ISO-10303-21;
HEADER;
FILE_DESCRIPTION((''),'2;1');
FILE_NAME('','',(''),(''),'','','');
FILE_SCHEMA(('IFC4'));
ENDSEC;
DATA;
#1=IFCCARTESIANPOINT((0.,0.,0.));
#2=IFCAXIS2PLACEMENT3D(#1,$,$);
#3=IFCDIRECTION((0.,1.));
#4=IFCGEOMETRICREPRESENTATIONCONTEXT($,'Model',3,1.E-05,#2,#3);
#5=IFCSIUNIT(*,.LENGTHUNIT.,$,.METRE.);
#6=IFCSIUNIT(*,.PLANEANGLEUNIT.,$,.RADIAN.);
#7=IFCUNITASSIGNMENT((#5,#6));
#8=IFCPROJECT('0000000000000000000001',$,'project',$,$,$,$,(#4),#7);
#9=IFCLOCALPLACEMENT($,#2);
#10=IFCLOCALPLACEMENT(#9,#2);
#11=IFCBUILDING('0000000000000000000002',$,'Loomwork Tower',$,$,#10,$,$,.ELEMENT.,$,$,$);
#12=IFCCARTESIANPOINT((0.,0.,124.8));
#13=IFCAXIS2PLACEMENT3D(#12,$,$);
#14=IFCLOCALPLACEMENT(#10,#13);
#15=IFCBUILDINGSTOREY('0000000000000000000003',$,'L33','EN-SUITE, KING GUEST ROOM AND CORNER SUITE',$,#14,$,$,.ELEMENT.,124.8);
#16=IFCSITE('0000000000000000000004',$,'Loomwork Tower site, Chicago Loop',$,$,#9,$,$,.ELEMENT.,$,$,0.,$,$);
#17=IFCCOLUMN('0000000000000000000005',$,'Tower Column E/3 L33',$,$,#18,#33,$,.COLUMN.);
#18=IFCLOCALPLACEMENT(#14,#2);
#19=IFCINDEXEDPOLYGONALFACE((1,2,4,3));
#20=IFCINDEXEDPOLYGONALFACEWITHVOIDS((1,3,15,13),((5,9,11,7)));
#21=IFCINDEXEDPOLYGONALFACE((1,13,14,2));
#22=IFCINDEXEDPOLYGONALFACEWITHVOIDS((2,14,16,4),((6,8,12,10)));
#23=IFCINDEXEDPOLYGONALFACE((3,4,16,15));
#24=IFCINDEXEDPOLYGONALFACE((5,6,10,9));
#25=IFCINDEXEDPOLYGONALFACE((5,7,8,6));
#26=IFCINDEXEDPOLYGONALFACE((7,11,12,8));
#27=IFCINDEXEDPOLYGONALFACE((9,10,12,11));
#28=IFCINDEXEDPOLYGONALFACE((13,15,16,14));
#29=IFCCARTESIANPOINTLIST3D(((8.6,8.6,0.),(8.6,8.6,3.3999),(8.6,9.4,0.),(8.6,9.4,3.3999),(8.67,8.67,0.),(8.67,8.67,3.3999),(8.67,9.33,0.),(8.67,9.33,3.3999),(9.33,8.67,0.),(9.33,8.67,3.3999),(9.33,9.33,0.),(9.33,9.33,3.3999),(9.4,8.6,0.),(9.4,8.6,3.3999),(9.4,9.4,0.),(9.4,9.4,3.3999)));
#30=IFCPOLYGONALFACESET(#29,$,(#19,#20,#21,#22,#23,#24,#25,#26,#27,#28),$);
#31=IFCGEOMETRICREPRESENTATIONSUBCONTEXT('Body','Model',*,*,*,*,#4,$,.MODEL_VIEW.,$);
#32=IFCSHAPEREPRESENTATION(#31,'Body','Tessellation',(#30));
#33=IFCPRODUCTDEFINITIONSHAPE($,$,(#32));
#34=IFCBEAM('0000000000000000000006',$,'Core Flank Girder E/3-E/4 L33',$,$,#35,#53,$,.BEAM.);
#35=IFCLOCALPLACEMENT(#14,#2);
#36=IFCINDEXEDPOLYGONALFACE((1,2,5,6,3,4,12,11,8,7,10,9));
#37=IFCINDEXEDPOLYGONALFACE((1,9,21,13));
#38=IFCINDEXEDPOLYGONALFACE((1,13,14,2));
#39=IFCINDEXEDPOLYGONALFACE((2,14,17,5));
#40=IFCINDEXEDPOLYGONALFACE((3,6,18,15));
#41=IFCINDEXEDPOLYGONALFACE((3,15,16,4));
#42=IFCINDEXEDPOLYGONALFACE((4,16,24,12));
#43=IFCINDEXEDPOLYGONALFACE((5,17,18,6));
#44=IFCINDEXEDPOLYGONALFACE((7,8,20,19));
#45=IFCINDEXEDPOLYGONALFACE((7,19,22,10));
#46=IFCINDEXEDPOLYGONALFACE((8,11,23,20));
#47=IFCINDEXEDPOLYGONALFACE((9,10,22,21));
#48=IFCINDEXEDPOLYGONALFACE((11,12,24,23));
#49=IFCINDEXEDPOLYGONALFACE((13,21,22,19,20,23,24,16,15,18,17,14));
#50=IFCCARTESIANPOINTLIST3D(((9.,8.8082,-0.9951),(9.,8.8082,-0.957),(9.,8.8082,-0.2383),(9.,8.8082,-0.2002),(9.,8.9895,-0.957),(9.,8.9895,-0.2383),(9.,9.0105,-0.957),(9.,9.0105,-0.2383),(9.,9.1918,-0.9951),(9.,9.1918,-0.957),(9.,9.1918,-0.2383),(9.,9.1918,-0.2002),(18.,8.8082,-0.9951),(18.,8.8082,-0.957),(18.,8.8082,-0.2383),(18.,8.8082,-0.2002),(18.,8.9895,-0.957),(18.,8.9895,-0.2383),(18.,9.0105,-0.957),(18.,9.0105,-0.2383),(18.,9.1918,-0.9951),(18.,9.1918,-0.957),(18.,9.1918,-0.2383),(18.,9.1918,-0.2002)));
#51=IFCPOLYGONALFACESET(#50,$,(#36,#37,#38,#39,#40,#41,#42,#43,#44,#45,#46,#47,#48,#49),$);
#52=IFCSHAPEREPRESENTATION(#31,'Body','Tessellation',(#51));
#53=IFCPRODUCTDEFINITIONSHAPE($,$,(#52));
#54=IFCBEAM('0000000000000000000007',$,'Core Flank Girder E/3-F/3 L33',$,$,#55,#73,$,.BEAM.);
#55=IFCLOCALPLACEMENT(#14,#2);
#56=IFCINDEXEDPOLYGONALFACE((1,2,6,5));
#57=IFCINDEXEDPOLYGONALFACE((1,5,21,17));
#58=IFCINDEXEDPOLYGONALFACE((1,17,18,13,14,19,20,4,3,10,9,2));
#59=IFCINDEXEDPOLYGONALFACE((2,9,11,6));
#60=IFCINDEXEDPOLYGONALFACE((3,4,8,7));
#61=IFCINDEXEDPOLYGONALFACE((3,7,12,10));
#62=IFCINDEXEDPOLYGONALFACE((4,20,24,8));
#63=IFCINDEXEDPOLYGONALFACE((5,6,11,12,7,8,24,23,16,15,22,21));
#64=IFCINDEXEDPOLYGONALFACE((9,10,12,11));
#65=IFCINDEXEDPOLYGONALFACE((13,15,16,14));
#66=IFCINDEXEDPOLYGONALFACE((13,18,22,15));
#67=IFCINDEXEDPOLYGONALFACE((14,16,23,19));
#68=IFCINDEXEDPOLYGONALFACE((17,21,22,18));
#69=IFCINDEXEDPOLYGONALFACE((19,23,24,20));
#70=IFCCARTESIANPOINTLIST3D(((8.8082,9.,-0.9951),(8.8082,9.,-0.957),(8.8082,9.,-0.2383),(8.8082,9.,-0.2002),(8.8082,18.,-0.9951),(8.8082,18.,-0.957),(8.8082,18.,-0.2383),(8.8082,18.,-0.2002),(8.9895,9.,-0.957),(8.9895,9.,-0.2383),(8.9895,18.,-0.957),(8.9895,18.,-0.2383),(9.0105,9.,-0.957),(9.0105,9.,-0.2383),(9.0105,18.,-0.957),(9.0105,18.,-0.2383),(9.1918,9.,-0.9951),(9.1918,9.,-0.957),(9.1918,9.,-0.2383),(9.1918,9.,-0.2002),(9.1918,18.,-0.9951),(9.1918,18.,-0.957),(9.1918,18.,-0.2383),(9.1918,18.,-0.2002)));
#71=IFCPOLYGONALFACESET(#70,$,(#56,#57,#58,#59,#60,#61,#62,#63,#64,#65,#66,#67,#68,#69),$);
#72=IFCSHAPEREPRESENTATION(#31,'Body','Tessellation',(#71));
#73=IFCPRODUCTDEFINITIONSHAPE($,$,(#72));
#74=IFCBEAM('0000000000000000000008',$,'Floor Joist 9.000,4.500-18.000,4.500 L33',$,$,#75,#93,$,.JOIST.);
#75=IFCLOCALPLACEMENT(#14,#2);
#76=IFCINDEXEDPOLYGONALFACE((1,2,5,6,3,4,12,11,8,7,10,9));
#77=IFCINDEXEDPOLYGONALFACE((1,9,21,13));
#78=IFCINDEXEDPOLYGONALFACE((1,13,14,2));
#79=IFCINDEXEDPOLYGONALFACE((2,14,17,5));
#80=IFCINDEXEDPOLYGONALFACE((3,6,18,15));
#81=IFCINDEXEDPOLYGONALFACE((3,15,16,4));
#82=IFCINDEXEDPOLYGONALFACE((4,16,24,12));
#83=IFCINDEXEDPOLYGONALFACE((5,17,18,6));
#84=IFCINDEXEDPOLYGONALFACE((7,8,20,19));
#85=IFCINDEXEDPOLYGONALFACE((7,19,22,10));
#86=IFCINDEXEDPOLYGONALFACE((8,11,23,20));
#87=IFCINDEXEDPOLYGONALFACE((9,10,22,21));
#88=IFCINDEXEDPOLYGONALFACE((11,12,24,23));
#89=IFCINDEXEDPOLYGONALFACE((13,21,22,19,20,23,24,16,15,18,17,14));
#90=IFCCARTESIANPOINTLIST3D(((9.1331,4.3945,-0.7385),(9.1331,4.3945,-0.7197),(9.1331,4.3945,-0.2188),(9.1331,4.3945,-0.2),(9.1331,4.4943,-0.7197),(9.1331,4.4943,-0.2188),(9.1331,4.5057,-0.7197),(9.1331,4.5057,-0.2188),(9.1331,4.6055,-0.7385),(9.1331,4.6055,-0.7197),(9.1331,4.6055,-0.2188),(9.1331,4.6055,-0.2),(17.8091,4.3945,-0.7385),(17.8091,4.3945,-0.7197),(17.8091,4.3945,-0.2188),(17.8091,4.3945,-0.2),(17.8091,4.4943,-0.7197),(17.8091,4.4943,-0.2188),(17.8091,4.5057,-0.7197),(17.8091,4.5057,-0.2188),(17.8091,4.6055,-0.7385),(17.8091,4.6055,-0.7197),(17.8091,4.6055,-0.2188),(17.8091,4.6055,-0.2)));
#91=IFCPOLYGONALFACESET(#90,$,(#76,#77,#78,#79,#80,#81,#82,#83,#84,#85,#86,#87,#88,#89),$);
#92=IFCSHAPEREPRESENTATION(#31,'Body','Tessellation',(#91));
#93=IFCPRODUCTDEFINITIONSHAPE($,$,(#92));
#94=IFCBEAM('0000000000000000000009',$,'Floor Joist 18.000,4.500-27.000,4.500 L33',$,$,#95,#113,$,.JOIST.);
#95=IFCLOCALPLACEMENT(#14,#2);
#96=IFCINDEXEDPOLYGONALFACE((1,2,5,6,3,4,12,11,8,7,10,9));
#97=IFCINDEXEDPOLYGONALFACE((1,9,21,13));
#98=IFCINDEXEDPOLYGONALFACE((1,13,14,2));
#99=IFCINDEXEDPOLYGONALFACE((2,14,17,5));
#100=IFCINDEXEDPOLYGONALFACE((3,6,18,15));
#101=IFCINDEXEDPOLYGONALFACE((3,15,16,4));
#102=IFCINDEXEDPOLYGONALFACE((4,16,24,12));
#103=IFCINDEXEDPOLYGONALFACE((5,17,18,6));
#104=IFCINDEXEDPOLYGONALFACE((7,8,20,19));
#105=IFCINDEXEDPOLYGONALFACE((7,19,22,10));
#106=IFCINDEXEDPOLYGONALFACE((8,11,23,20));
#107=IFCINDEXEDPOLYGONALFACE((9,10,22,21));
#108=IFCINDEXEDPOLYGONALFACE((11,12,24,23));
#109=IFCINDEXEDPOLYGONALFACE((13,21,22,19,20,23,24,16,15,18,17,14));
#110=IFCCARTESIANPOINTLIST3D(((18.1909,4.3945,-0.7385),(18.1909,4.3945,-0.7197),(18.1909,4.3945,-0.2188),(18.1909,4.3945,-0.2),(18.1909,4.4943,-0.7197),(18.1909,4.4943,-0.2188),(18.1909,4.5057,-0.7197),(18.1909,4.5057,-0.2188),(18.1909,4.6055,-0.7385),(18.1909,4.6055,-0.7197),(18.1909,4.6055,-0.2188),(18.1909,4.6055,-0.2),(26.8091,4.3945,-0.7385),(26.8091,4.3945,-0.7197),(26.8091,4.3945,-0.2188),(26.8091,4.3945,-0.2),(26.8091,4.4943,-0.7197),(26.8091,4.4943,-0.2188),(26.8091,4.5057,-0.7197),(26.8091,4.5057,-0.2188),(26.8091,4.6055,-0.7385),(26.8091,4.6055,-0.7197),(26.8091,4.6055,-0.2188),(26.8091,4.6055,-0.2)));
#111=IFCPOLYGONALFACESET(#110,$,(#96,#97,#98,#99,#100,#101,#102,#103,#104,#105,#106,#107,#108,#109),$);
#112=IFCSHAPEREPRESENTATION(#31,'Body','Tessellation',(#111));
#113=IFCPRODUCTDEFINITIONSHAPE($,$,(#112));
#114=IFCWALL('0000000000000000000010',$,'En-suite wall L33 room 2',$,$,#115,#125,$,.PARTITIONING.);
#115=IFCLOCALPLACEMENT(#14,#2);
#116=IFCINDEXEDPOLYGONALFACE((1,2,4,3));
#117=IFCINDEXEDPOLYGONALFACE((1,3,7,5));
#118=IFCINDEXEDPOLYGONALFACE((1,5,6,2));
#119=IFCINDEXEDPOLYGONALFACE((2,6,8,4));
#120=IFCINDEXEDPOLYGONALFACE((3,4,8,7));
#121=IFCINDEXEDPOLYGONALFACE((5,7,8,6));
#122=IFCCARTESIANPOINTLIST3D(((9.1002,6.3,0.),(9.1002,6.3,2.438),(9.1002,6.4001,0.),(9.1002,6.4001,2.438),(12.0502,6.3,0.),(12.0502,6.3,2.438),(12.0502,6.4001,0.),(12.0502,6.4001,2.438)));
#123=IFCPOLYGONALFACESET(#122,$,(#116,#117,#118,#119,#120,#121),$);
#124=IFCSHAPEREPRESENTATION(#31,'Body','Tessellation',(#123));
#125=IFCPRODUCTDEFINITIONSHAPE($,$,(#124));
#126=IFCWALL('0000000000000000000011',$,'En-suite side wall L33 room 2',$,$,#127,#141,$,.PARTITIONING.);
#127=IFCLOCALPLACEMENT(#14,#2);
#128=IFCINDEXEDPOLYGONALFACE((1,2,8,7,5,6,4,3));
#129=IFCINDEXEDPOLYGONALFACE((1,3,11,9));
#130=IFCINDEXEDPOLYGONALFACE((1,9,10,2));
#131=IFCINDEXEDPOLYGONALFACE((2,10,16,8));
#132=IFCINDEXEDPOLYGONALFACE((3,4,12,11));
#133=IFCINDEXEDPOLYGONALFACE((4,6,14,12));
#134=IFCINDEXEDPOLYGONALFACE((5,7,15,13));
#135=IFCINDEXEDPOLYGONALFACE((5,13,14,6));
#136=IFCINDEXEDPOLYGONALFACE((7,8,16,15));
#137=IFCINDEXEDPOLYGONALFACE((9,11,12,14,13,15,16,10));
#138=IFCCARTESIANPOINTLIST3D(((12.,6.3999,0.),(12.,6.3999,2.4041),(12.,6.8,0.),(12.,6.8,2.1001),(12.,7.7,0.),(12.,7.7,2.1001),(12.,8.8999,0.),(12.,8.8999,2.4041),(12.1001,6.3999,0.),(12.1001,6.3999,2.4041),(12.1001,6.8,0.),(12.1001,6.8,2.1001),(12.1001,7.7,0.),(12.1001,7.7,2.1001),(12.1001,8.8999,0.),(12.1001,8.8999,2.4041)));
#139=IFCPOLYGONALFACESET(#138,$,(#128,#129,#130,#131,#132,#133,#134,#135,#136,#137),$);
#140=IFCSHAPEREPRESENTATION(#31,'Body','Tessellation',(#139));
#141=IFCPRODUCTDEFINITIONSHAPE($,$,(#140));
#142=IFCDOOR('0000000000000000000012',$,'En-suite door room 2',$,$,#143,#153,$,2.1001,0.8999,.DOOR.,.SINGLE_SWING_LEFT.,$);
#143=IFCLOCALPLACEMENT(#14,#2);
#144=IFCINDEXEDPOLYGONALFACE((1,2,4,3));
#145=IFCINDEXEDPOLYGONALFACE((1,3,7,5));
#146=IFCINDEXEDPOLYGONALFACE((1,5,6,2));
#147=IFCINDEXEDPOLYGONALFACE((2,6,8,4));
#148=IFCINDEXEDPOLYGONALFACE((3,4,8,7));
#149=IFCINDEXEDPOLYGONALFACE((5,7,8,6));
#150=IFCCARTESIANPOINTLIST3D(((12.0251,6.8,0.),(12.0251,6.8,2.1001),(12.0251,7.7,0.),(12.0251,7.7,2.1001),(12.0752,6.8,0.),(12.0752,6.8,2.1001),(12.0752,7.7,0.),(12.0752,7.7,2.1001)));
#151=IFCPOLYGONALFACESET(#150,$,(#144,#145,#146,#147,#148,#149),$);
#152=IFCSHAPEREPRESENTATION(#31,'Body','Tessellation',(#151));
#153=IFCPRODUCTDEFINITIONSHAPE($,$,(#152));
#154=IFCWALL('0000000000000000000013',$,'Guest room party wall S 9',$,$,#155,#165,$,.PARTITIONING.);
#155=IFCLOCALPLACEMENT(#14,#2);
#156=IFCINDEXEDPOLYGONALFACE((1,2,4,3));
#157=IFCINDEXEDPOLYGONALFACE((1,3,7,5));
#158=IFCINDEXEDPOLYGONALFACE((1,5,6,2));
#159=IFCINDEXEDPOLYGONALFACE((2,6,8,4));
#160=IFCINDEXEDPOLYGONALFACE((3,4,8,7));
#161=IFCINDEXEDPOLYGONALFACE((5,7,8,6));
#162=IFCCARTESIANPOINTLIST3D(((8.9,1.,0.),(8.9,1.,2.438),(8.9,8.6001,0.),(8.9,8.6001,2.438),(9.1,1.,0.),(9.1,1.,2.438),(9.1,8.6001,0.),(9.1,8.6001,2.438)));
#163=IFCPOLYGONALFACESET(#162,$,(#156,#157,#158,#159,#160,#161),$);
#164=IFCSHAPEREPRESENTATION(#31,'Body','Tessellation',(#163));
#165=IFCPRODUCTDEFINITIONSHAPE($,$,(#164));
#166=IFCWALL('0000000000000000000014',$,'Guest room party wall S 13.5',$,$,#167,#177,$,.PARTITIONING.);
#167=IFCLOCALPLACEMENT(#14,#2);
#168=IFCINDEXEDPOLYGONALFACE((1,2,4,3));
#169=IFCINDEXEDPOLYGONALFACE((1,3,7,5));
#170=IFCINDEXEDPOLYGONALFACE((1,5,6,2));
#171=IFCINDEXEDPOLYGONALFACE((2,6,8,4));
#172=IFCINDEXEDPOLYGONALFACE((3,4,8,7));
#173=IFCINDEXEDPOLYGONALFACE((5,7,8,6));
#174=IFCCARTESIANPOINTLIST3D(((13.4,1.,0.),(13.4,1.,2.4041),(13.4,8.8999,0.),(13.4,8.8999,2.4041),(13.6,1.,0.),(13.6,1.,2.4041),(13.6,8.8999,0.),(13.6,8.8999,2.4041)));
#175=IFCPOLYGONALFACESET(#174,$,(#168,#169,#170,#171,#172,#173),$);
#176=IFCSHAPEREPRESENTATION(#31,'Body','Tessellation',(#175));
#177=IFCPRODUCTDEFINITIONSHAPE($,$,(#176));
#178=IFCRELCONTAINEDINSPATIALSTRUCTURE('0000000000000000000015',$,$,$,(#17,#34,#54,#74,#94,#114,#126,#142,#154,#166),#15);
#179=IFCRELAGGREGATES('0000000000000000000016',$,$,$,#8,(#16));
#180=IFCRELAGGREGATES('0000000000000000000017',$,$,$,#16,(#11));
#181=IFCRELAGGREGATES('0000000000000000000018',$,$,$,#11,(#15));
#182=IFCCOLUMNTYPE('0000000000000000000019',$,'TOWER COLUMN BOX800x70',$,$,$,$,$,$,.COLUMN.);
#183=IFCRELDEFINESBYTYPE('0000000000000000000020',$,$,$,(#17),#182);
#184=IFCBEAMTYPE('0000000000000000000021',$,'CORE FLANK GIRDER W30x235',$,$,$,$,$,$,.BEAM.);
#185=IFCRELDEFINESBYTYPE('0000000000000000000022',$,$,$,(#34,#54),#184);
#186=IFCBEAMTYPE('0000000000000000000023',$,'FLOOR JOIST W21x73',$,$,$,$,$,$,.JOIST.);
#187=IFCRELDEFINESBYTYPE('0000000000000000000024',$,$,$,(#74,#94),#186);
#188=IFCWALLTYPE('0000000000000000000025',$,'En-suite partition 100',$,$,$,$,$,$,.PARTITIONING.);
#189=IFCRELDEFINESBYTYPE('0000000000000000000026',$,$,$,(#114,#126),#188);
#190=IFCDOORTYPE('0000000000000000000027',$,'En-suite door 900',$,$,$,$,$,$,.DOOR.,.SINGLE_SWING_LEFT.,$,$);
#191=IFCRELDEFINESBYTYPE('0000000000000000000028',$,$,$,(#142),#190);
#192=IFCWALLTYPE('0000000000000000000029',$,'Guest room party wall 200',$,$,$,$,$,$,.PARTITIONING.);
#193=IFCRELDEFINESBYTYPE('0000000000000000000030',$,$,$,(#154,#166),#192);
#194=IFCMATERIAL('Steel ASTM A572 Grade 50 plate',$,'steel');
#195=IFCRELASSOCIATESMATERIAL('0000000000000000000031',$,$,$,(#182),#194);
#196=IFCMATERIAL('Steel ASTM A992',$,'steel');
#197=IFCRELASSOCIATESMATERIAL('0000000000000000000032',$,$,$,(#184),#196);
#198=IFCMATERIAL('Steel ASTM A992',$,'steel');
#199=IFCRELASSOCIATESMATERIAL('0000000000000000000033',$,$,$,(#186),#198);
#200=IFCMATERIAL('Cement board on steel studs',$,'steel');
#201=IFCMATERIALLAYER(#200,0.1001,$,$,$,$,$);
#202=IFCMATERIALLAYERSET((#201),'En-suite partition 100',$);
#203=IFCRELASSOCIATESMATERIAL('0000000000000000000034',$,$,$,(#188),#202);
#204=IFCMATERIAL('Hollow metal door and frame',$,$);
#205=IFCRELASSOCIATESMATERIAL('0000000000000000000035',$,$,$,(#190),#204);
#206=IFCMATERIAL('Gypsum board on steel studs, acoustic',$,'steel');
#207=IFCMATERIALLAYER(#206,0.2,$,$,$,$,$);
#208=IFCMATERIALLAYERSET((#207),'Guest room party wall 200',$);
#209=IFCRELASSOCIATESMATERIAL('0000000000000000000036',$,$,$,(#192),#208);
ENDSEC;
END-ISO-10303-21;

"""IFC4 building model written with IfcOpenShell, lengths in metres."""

from ifc_helpers import new_model, si_unit, direction, frame, frame_2d, origin, origin_2d, place, context, subcontext, project, spatial, rectangle, hollow_rectangle, i_section, extrude, material, layer, layer_set, material_profile, profile_set, type_object, element, fill, save


model = new_model("IFC4")

# Units and contexts
model_context = context("Model", 3, precision=1e-05, world=origin(), true_north=direction((0.0, 1.0)))
body_context = subcontext(model_context, "Body", "Model", "MODEL_VIEW")
ifc_project = project(units=[si_unit("LENGTHUNIT", "METRE"), si_unit("PLANEANGLEUNIT", "RADIAN")], contexts=[model_context])

# Site, building, storey
site_placement = place(None, origin())
site = spatial("IfcSite", under=ifc_project, at=site_placement, Name="Loomwork Tower site, Chicago Loop", CompositionType="ELEMENT", RefElevation=0.0)
building_placement = place(site_placement, origin())
building = spatial("IfcBuilding", under=site, at=building_placement, Name="Loomwork Tower", CompositionType="ELEMENT")
storey_placement = place(building_placement, frame((0.0, 0.0, 124.8)))
storey = spatial("IfcBuildingStorey", under=building, at=storey_placement, Name="L33", Description="EN-SUITE, KING GUEST ROOM AND CORNER SUITE", CompositionType="ELEMENT", Elevation=124.8)

# Column
ifc_material_1 = material(Name="Steel ASTM A572 Grade 50 plate", Category="steel")
ifc_material_profile_1 = material_profile(ifc_material_1, hollow_rectangle(XDim=0.8, YDim=0.8, WallThickness=0.0701, at=origin_2d()), Name="BOX800x70")
ifc_profile_set_1 = profile_set([ifc_material_profile_1], Name="Steel ASTM A572 Grade 50 plate")
column_type = type_object("IfcColumnType", Name="TOWER COLUMN BOX800x70", PredefinedType="COLUMN", material=ifc_profile_set_1)
column_placement = place(storey_placement, frame((9.0, 9.0, 0.0), z_axis=(0.0, 0.0, 1.0), x_axis=(1.0, 0.0, 0.0)))
element("IfcColumn", 1, at=column_placement, inside=storey, type_object=column_type, Name="Tower Column E/3 L33", PredefinedType="COLUMN", context=body_context, shape_type="SweptSolid", body=[
    extrude(hollow_rectangle(XDim=0.8, YDim=0.8, WallThickness=0.0701, at=origin_2d()), origin(), (0.0, 0.0, 1.0), 3.3999),
])

# Beams
ifc_material_2 = material(Name="Steel ASTM A992", Category="steel")
ifc_material_profile_2 = material_profile(ifc_material_2, i_section(OverallWidth=0.3835, OverallDepth=0.7949, WebThickness=0.021, FlangeThickness=0.0381, at=origin_2d()), Name="W30x235")
ifc_profile_set_2 = profile_set([ifc_material_profile_2], Name="Steel ASTM A992")
beam_type_1 = type_object("IfcBeamType", Name="CORE FLANK GIRDER W30x235", PredefinedType="BEAM", material=ifc_profile_set_2)
for number, where, z_axis, x_axis, name in (
    (2, (9.0, 9.0, -0.5977), (1.0, 0.0, 0.0), (0.0, 1.0, 0.0), "Core Flank Girder E/3-E/4 L33"),
    (3, (9.0, 9.0, -0.5977), (0.0, 1.0, 0.0), (-1.0, 0.0, 0.0), "Core Flank Girder E/3-F/3 L33"),
):
    element("IfcBeam", number, at=place(storey_placement, frame(where, z_axis=z_axis, x_axis=x_axis)), inside=storey, type_object=beam_type_1, Name=name, PredefinedType="BEAM", context=body_context, shape_type="SweptSolid", body=[
        extrude(i_section(OverallWidth=0.3835, OverallDepth=0.7949, WebThickness=0.021, FlangeThickness=0.0381, at=origin_2d()), origin(), (0.0, 0.0, 1.0), 9.0),
    ])
ifc_material_3 = material(Name="Steel ASTM A992", Category="steel")
ifc_material_profile_3 = material_profile(ifc_material_3, i_section(OverallWidth=0.2109, OverallDepth=0.5386, WebThickness=0.0115, FlangeThickness=0.0188, at=origin_2d()), Name="W21x73")
ifc_profile_set_3 = profile_set([ifc_material_profile_3], Name="Steel ASTM A992")
beam_type_2 = type_object("IfcBeamType", Name="FLOOR JOIST W21x73", PredefinedType="JOIST", material=ifc_profile_set_3)
beam_1_placement = place(storey_placement, frame((9.1331, 4.5, -0.4692), z_axis=(1.0, 0.0, 0.0), x_axis=(0.0, 1.0, 0.0)))
element("IfcBeam", 4, at=beam_1_placement, inside=storey, type_object=beam_type_2, Name="Floor Joist 9.000,4.500-18.000,4.500 L33", PredefinedType="JOIST", context=body_context, shape_type="SweptSolid", body=[
    extrude(i_section(OverallWidth=0.2109, OverallDepth=0.5386, WebThickness=0.0115, FlangeThickness=0.0188, at=origin_2d()), origin(), (0.0, 0.0, 1.0), 8.676),
])
beam_2_placement = place(storey_placement, frame((18.1909, 4.5, -0.4692), z_axis=(1.0, 0.0, 0.0), x_axis=(0.0, 1.0, 0.0)))
element("IfcBeam", 5, at=beam_2_placement, inside=storey, type_object=beam_type_2, Name="Floor Joist 18.000,4.500-27.000,4.500 L33", PredefinedType="JOIST", context=body_context, shape_type="SweptSolid", body=[
    extrude(i_section(OverallWidth=0.2109, OverallDepth=0.5386, WebThickness=0.0115, FlangeThickness=0.0188, at=origin_2d()), origin(), (0.0, 0.0, 1.0), 8.6182),
])

# Wall
ifc_material_4 = material(Name="Cement board on steel studs", Category="steel")
ifc_layer_1 = layer(ifc_material_4, 0.1001)
ifc_layer_set_1 = layer_set([ifc_layer_1], Name="En-suite partition 100")
wall_type_1 = type_object("IfcWallType", Name="En-suite partition 100", PredefinedType="PARTITIONING", material=ifc_layer_set_1)
wall_1_placement = place(storey_placement, frame((9.1001, 6.3501, 0.0), z_axis=(0.0, 0.0, 1.0), x_axis=(1.0, 0.0, 0.0)))
element("IfcWall", 6, at=wall_1_placement, inside=storey, type_object=wall_type_1, Name="En-suite wall L33 room 2", PredefinedType="PARTITIONING", context=body_context, shape_type="SweptSolid", body=[
    extrude(rectangle(XDim=2.95, YDim=0.1001, at=frame_2d((1.4751, 0.0))), origin(), (0.0, 0.0, 1.0), 2.438),
])

# Wall, opening, door
wall_2_placement = place(storey_placement, frame((12.05, 8.8999, 0.0), z_axis=(0.0, 0.0, 1.0), x_axis=(0.0, -1.0, 0.0)))
wall_2 = element("IfcWall", 7, at=wall_2_placement, inside=storey, type_object=wall_type_1, Name="En-suite side wall L33 room 2", PredefinedType="PARTITIONING", context=body_context, shape_type="SweptSolid", body=[
    extrude(rectangle(XDim=2.5, YDim=0.1001, at=frame_2d((1.25, 0.0))), origin(), (0.0, 0.0, 1.0), 2.4041),
])
opening_placement = place(wall_2_placement, frame((1.2, 0.0, 0.0)))
opening = element("IfcOpeningElement", 8, at=opening_placement, cuts=wall_2, PredefinedType="OPENING", context=body_context, shape_type="SweptSolid", body=[
    extrude(rectangle(XDim=0.8999, YDim=2.1001, at=frame_2d((0.45, 1.05))), frame((0.0, 0.0601, 0.0), z_axis=(0.0, -1.0, 0.0), x_axis=(1.0, 0.0, 0.0)), (0.0, 0.0, 1.0), 0.1201),
])
ifc_material_5 = material(Name="Hollow metal door and frame")
door_type = type_object("IfcDoorType", Name="En-suite door 900", OperationType="SINGLE_SWING_LEFT", PredefinedType="DOOR", material=ifc_material_5)
door_placement = place(opening_placement, frame((0.8999, 0.0, 0.0), z_axis=(0.0, 0.0, 1.0), x_axis=(-1.0, 0.0, 0.0)))
door = element("IfcDoor", 9, at=door_placement, inside=storey, type_object=door_type, Name="En-suite door room 2", OperationType="SINGLE_SWING_LEFT", OverallHeight=2.1001, OverallWidth=0.8999, PredefinedType="DOOR", context=body_context, shape_type="SweptSolid", body=[
    extrude(rectangle(XDim=0.8999, YDim=2.1001, at=frame_2d((0.45, 1.05))), frame((0.0, 0.0249, 0.0), z_axis=(0.0, -1.0, 0.0), x_axis=(1.0, 0.0, 0.0)), (0.0, 0.0, 1.0), 0.05),
])
fill(opening, door)

# Walls
ifc_material_6 = material(Name="Gypsum board on steel studs, acoustic", Category="steel")
ifc_layer_2 = layer(ifc_material_6, 0.2)
ifc_layer_set_2 = layer_set([ifc_layer_2], Name="Guest room party wall 200")
wall_type_2 = type_object("IfcWallType", Name="Guest room party wall 200", PredefinedType="PARTITIONING", material=ifc_layer_set_2)
wall_3_placement = place(storey_placement, frame((9.0, 8.6001, 0.0), z_axis=(0.0, 0.0, 1.0), x_axis=(0.0, -1.0, 0.0)))
element("IfcWall", 10, at=wall_3_placement, inside=storey, type_object=wall_type_2, Name="Guest room party wall S 9", PredefinedType="PARTITIONING", context=body_context, shape_type="SweptSolid", body=[
    extrude(rectangle(XDim=7.6001, YDim=0.2, at=frame_2d((3.8, 0.0))), origin(), (0.0, 0.0, 1.0), 2.438),
])
wall_4_placement = place(storey_placement, frame((13.5, 8.8999, 0.0), z_axis=(0.0, 0.0, 1.0), x_axis=(0.0, -1.0, 0.0)))
element("IfcWall", 11, at=wall_4_placement, inside=storey, type_object=wall_type_2, Name="Guest room party wall S 13.5", PredefinedType="PARTITIONING", context=body_context, shape_type="SweptSolid", body=[
    extrude(rectangle(XDim=7.8999, YDim=0.2, at=frame_2d((3.95, 0.0))), origin(), (0.0, 0.0, 1.0), 2.4041),
])

save(model, "model.ifc")
